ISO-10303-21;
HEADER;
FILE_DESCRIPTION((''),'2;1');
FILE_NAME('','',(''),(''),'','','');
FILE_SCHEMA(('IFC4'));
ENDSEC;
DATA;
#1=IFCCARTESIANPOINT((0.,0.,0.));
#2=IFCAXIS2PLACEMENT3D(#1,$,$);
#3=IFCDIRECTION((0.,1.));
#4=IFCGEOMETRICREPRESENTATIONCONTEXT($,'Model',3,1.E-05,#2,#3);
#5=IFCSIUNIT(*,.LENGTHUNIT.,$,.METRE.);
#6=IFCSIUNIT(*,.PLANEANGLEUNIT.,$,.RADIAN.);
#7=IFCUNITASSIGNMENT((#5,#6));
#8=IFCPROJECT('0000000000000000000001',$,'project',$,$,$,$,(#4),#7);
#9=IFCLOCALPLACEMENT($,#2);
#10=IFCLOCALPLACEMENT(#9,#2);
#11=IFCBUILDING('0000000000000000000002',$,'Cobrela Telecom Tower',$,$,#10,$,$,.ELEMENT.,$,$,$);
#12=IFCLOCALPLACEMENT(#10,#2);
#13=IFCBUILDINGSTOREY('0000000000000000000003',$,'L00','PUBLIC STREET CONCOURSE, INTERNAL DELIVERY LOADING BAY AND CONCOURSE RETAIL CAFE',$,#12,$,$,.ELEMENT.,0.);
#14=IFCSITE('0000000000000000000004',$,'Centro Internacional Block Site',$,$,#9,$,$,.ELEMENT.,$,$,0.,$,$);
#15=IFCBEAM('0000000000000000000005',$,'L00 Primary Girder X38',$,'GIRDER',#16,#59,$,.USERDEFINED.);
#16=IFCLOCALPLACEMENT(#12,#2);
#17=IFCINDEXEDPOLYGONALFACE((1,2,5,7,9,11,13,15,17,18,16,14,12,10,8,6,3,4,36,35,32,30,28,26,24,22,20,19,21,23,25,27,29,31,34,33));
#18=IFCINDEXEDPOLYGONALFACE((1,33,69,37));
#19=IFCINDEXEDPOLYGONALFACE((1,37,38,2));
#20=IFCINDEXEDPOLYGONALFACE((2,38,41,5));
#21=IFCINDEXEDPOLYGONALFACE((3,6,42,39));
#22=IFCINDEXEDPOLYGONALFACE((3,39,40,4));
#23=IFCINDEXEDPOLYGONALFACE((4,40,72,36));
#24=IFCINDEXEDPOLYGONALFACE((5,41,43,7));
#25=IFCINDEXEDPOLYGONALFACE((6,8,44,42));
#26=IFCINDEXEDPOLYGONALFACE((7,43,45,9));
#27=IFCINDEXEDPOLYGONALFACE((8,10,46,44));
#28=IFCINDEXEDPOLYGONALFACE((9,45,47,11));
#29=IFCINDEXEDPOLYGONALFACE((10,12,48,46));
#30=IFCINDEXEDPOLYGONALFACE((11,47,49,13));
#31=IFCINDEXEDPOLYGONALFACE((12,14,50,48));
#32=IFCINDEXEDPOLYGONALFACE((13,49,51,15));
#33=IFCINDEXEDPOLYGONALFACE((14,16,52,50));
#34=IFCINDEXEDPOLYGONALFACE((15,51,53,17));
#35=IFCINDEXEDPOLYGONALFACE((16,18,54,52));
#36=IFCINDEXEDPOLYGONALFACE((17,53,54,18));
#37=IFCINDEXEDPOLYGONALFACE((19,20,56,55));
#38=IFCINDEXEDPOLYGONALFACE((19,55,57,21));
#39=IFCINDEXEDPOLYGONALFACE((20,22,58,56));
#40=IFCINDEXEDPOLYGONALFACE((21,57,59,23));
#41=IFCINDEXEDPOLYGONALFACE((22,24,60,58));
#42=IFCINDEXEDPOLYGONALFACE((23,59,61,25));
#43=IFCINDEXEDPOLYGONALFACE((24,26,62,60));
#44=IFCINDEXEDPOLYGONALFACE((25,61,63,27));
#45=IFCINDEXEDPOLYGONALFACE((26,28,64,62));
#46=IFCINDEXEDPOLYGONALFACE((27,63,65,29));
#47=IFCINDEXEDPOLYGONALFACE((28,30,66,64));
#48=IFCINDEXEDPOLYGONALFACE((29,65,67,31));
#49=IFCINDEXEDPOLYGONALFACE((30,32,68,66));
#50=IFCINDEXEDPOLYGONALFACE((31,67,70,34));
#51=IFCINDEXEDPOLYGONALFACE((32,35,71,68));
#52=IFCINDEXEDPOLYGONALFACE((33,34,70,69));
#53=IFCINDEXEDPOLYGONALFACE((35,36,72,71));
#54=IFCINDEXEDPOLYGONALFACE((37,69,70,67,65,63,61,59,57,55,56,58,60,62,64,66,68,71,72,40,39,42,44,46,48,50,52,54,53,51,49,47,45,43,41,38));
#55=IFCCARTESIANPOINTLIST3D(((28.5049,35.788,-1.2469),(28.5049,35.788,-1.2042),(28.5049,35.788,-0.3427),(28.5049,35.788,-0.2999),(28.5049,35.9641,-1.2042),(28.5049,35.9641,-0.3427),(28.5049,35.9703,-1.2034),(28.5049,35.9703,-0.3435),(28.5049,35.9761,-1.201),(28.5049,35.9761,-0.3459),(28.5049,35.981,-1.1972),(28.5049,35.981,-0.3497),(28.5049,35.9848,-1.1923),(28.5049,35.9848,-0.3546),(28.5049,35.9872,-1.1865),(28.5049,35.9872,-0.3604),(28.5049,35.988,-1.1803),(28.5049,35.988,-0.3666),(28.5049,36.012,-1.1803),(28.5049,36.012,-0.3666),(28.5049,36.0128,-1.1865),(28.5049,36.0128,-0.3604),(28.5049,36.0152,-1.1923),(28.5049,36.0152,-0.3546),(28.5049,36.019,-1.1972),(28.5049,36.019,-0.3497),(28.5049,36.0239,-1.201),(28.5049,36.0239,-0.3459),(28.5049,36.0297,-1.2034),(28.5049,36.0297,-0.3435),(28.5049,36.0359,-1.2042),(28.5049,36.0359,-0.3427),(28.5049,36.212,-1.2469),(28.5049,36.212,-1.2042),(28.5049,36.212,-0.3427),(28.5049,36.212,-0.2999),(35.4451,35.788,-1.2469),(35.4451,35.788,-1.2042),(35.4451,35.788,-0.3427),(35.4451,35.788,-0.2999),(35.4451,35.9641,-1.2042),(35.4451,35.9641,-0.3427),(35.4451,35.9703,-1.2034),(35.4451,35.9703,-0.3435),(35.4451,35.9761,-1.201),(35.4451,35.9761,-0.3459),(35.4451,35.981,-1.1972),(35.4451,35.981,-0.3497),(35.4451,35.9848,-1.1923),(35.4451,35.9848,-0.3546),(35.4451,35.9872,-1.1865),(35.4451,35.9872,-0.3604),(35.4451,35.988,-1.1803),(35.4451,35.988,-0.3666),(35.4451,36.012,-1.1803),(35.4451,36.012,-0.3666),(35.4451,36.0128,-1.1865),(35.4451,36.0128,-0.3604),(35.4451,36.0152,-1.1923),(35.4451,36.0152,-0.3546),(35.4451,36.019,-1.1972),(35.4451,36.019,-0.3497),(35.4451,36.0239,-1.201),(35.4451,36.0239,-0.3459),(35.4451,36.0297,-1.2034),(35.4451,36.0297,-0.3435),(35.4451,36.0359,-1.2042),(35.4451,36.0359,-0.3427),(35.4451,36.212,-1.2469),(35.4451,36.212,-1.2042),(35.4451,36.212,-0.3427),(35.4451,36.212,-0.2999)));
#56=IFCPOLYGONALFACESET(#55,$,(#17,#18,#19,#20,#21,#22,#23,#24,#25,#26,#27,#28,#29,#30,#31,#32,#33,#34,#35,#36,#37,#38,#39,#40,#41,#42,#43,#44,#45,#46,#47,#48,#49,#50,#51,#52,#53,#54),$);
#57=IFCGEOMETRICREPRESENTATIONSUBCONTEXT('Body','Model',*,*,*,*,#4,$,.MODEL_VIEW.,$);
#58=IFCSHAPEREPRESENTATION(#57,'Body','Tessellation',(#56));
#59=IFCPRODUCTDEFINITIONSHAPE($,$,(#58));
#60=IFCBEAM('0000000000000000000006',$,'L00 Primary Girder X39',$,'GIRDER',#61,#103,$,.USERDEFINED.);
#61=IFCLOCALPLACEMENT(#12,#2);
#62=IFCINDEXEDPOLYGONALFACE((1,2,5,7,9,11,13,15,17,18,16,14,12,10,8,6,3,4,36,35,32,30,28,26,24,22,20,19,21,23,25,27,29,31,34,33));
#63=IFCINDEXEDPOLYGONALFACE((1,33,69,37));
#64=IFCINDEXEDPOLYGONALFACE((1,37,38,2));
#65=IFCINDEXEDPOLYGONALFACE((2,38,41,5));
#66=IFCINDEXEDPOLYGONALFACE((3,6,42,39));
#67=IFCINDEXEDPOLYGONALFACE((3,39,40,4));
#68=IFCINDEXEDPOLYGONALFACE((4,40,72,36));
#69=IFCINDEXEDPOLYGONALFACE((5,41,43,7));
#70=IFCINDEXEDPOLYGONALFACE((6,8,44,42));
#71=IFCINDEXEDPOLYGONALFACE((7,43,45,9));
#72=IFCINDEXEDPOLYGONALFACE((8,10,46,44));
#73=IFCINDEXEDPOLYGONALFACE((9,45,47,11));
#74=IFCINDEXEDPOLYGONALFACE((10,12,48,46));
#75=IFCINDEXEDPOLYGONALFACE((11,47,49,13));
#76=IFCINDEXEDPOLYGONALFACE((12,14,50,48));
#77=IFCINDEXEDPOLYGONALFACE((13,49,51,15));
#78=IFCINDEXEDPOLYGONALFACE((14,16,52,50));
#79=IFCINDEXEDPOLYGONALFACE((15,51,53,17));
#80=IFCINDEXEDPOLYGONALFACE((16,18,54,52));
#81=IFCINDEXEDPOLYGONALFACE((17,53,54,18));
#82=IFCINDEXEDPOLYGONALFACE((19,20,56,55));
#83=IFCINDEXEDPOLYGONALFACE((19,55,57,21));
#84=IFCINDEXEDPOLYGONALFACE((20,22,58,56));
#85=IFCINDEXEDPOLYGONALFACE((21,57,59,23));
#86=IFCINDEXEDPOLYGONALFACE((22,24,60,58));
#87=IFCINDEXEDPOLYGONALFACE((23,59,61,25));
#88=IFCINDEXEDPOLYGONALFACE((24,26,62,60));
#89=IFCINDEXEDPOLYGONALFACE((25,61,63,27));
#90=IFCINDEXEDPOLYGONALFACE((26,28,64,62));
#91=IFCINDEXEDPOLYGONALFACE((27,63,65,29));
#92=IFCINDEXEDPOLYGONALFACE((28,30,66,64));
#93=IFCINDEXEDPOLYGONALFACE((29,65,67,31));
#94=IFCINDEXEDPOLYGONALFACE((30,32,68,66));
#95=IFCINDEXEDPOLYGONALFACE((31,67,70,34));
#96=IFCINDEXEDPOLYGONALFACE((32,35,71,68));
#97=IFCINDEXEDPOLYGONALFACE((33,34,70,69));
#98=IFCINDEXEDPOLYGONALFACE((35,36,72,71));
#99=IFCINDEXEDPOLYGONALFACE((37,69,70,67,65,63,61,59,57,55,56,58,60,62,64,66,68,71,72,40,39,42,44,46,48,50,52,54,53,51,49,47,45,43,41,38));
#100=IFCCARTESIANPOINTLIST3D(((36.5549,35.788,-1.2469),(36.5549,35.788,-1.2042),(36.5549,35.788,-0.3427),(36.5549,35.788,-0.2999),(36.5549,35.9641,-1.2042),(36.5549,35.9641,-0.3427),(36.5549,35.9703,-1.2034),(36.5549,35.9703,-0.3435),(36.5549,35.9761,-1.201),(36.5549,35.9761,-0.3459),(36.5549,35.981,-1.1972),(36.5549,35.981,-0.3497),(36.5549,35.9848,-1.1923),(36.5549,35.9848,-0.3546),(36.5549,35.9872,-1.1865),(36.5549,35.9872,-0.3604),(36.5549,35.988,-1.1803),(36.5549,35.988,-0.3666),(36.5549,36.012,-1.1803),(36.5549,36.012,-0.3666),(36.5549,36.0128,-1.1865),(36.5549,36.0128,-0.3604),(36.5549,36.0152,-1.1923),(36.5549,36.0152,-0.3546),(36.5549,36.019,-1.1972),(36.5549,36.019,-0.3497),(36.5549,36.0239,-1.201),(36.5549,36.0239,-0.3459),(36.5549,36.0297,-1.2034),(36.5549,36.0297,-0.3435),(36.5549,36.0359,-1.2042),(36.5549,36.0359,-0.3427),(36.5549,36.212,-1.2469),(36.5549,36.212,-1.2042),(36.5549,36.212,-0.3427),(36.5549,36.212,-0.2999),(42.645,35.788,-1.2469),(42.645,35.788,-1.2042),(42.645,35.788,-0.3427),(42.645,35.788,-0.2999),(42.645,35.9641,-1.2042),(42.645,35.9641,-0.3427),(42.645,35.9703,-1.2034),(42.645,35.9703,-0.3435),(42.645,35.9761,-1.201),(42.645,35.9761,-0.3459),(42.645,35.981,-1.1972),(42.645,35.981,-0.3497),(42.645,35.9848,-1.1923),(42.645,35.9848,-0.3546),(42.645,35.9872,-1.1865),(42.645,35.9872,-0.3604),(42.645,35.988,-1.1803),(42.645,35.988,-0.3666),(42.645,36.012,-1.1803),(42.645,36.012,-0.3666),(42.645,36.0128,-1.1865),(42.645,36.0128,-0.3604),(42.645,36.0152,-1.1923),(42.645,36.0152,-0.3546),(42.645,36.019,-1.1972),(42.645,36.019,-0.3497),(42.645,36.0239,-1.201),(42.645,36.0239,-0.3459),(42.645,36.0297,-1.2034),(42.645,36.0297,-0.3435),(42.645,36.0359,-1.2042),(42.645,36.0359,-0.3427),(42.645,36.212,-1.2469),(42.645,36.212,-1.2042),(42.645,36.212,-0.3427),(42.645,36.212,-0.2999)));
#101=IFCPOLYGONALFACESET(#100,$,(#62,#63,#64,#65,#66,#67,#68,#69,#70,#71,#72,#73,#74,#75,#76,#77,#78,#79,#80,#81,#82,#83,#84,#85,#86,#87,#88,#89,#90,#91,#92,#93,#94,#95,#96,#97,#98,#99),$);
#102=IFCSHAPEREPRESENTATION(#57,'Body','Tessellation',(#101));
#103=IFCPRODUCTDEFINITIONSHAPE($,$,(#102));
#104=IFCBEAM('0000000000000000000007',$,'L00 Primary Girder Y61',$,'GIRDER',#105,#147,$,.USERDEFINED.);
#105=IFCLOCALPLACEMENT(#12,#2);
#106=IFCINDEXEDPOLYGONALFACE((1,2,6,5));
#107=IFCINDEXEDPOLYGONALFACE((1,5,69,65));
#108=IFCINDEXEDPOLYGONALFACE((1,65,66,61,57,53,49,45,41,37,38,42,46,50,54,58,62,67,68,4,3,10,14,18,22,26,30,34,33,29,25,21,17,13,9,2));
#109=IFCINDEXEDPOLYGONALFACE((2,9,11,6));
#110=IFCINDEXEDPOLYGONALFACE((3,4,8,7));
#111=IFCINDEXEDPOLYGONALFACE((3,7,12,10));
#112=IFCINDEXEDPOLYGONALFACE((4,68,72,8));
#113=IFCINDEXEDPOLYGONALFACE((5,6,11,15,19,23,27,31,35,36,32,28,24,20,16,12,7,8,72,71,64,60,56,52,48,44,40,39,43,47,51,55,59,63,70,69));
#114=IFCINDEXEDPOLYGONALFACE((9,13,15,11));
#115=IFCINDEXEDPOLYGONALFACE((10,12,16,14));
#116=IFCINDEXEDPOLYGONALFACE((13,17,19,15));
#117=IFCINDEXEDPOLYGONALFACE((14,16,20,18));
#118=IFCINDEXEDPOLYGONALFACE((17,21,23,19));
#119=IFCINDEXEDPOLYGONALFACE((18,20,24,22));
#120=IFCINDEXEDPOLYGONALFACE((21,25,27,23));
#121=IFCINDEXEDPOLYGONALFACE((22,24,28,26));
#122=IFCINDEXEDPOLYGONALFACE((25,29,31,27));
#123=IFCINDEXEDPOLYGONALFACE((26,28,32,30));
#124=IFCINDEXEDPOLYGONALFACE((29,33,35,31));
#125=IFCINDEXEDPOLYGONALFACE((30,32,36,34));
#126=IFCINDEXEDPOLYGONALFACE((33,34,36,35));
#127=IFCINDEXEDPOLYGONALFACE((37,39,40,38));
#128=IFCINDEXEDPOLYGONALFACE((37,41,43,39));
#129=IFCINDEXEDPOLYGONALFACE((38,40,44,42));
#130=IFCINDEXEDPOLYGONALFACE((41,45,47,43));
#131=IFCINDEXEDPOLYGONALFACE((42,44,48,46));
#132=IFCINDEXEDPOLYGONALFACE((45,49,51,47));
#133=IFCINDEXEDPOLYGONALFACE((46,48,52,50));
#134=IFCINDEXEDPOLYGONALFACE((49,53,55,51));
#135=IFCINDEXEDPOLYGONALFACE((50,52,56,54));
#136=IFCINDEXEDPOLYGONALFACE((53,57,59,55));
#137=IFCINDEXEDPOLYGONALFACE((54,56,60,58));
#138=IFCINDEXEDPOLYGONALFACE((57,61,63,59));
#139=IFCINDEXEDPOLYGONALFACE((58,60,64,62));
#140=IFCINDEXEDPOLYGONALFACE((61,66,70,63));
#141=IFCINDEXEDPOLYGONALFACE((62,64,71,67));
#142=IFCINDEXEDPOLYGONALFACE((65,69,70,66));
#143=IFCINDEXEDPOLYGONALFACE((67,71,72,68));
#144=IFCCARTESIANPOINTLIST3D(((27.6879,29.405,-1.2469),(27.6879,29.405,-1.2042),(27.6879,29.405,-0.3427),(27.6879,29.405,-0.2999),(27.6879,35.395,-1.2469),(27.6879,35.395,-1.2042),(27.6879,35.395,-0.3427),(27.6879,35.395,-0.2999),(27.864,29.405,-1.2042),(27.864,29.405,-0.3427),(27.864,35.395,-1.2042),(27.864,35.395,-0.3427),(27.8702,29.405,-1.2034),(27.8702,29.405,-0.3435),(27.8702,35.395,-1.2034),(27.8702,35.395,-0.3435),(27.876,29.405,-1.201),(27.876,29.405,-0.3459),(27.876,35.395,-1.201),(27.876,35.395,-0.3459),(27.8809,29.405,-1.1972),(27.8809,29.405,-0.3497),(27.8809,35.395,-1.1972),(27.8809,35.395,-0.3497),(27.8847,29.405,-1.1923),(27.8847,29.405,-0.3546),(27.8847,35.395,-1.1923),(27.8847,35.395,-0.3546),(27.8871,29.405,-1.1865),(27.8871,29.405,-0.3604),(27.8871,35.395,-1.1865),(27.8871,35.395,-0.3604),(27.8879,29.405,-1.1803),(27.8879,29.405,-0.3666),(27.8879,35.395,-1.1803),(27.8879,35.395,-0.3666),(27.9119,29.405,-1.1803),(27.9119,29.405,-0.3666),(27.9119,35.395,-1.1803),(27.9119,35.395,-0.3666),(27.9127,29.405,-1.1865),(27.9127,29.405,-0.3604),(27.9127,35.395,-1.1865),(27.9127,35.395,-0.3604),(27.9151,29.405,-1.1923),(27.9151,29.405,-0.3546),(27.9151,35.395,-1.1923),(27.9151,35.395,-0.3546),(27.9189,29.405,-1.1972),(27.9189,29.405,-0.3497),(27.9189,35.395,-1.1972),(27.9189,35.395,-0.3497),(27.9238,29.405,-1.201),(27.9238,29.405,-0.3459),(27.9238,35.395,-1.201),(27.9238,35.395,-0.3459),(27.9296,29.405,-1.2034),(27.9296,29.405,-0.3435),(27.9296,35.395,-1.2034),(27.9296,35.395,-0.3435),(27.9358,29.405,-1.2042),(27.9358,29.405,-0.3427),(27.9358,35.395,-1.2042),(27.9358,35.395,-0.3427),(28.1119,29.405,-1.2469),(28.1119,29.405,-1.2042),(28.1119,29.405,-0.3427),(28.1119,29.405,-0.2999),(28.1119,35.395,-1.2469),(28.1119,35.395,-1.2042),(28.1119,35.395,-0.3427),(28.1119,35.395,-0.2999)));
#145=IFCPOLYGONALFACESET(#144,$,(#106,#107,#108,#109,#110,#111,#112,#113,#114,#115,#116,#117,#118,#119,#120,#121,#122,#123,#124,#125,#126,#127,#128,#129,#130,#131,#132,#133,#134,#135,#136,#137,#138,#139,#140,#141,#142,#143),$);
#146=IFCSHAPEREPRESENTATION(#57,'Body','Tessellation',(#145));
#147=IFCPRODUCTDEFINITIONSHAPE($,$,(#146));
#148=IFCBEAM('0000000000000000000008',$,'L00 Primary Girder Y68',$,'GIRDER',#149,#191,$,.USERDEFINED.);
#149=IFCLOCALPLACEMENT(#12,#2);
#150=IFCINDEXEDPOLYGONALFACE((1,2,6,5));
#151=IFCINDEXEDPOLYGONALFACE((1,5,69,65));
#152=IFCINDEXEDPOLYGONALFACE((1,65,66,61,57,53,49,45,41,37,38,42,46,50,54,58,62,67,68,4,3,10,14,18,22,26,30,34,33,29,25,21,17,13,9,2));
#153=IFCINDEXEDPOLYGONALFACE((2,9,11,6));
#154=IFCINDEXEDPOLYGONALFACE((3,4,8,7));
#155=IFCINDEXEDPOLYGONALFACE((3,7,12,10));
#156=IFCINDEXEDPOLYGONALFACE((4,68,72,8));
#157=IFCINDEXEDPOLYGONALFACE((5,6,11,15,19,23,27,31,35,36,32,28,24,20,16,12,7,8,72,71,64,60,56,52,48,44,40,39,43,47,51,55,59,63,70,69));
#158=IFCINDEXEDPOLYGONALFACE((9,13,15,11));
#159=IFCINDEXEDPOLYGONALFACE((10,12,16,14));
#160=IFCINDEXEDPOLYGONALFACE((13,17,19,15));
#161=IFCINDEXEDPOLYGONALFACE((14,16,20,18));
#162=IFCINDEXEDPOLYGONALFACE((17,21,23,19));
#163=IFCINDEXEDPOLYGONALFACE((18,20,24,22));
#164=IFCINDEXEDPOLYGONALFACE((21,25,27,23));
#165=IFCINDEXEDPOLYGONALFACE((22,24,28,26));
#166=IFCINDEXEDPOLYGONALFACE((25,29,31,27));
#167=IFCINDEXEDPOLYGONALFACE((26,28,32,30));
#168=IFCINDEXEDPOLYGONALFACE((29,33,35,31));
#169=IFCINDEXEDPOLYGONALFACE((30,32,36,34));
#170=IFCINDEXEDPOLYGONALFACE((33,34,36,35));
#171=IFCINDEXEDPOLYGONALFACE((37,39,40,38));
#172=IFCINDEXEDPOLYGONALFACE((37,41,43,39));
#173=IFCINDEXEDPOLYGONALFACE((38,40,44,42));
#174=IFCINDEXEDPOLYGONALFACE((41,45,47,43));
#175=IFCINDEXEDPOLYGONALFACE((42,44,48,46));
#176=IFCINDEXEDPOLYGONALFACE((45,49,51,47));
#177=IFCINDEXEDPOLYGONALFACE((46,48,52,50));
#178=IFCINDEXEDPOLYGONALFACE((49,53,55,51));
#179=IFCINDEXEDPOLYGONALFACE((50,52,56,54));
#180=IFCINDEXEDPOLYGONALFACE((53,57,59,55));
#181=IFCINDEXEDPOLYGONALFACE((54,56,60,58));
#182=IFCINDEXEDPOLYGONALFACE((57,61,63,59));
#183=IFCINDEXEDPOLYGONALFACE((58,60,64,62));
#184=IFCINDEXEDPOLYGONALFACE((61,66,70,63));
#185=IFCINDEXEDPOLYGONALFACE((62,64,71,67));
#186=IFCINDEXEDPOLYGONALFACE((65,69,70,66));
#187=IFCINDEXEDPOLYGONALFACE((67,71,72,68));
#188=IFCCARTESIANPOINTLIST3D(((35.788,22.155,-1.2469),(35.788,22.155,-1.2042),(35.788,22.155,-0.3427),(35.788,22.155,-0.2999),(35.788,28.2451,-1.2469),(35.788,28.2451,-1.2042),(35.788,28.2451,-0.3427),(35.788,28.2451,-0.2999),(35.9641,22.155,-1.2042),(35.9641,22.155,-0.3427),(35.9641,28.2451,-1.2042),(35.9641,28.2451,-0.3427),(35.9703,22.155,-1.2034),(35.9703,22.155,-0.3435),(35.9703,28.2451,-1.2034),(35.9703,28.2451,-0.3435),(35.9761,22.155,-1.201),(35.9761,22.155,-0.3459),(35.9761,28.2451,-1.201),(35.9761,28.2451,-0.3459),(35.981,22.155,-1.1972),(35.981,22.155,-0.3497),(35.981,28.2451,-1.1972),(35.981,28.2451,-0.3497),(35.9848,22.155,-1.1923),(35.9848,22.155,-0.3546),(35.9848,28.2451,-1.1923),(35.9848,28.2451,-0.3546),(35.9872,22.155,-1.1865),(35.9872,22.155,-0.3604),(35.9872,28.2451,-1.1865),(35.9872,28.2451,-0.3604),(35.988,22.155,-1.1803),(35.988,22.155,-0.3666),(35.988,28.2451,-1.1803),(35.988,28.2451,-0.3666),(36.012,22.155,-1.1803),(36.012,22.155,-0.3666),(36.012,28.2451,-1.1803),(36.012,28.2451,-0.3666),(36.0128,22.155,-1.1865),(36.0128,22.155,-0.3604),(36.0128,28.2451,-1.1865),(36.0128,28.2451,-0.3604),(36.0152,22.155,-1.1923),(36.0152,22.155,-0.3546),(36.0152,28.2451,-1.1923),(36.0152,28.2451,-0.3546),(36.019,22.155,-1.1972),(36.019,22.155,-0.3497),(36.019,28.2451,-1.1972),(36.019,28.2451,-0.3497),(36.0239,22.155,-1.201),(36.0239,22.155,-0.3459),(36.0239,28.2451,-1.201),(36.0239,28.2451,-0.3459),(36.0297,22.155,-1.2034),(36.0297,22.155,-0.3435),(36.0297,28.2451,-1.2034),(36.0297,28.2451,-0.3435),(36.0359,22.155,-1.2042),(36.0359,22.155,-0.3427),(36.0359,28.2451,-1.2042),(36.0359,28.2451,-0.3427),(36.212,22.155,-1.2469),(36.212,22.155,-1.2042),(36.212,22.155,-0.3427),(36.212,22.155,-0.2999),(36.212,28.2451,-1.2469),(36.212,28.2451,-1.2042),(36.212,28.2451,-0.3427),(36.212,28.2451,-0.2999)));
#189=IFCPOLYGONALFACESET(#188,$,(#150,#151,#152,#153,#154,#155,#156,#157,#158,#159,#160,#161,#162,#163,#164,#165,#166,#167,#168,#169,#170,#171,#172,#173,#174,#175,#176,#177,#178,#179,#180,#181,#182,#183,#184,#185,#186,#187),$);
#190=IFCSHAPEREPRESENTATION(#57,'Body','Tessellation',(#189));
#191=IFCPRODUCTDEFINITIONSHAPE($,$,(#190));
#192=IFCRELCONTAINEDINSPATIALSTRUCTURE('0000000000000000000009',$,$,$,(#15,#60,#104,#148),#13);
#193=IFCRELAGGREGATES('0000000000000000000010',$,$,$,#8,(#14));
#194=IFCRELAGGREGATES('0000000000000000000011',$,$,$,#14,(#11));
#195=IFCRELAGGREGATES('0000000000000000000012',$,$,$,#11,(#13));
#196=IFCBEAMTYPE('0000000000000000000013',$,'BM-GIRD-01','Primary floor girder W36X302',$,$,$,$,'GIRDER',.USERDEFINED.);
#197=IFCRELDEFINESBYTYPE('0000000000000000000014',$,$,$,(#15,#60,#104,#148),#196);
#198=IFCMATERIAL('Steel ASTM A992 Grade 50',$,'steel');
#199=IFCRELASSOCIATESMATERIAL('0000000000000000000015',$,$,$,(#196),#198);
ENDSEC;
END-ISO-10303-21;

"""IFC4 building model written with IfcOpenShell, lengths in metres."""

from ifc_helpers import new_model, si_unit, direction, frame, origin, origin_2d, place, context, subcontext, project, spatial, i_section, extrude, material, material_profile, profile_set, type_object, element, save


model = new_model("IFC4")

# Units and contexts
model_context = context("Model", 3, precision=1e-05, world=origin(), true_north=direction((0.0, 1.0)))
body_context = subcontext(model_context, "Body", "Model", "MODEL_VIEW")
ifc_project = project(units=[si_unit("LENGTHUNIT", "METRE"), si_unit("PLANEANGLEUNIT", "RADIAN")], contexts=[model_context])

# Site, building, storey
site_placement = place(None, origin())
site = spatial("IfcSite", under=ifc_project, at=site_placement, Name="Centro Internacional Block Site", CompositionType="ELEMENT", RefElevation=0.0)
building_placement = place(site_placement, origin())
building = spatial("IfcBuilding", under=site, at=building_placement, Name="Cobrela Telecom Tower", CompositionType="ELEMENT")
storey_placement = place(building_placement, origin())
storey = spatial("IfcBuildingStorey", under=building, at=storey_placement, Name="L00", Description="PUBLIC STREET CONCOURSE, INTERNAL DELIVERY LOADING BAY AND CONCOURSE RETAIL CAFE", CompositionType="ELEMENT", Elevation=0.0)

# Beams
ifc_material_1 = material(Name="Steel ASTM A992 Grade 50", Category="steel")
ifc_material_profile_1 = material_profile(ifc_material_1, i_section(OverallWidth=0.4241, OverallDepth=0.947, WebThickness=0.0239, FlangeThickness=0.0427, FilletRadius=0.0239, at=origin_2d()), Name="W36X302")
ifc_profile_set_1 = profile_set([ifc_material_profile_1], Name="Steel ASTM A992 Grade 50")
beam_type_1 = type_object("IfcBeamType", Name="BM-GIRD-01", Description="Primary floor girder W36X302", ElementType="GIRDER", PredefinedType="USERDEFINED", material=ifc_profile_set_1)
beam_1_placement = place(storey_placement, frame((28.5049, 36.0, -0.7734), z_axis=(1.0, 0.0, 0.0), x_axis=(0.0, 1.0, 0.0)))
element("IfcBeam", 1, at=beam_1_placement, inside=storey, type_object=beam_type_1, Name="L00 Primary Girder X38", ObjectType="GIRDER", PredefinedType="USERDEFINED", context=body_context, shape_type="SweptSolid", body=[
    extrude(i_section(OverallWidth=0.4241, OverallDepth=0.947, WebThickness=0.0239, FlangeThickness=0.0427, FilletRadius=0.0239, at=origin_2d()), origin(), (0.0, 0.0, 1.0), 6.9402),
])
beam_2_placement = place(storey_placement, frame((36.5549, 36.0, -0.7734), z_axis=(1.0, 0.0, 0.0), x_axis=(0.0, 1.0, 0.0)))
element("IfcBeam", 2, at=beam_2_placement, inside=storey, type_object=beam_type_1, Name="L00 Primary Girder X39", ObjectType="GIRDER", PredefinedType="USERDEFINED", context=body_context, shape_type="SweptSolid", body=[
    extrude(i_section(OverallWidth=0.4241, OverallDepth=0.947, WebThickness=0.0239, FlangeThickness=0.0427, FilletRadius=0.0239, at=origin_2d()), origin(), (0.0, 0.0, 1.0), 6.0901),
])
beam_3_placement = place(storey_placement, frame((27.8999, 29.405, -0.7734), z_axis=(0.0, 1.0, 0.0), x_axis=(-1.0, 0.0, 0.0)))
element("IfcBeam", 3, at=beam_3_placement, inside=storey, type_object=beam_type_1, Name="L00 Primary Girder Y61", ObjectType="GIRDER", PredefinedType="USERDEFINED", context=body_context, shape_type="SweptSolid", body=[
    extrude(i_section(OverallWidth=0.4241, OverallDepth=0.947, WebThickness=0.0239, FlangeThickness=0.0427, FilletRadius=0.0239, at=origin_2d()), origin(), (0.0, 0.0, 1.0), 5.99),
])
for number, where, z_axis, x_axis, name in (
    (4, (36.0, 22.155, -0.7734), (0.0, 1.0, 0.0), (-1.0, 0.0, 0.0), "L00 Primary Girder Y68"),
):
    element("IfcBeam", number, at=place(storey_placement, frame(where, z_axis=z_axis, x_axis=x_axis)), inside=storey, type_object=beam_type_1, Name=name, ObjectType="GIRDER", PredefinedType="USERDEFINED", context=body_context, shape_type="SweptSolid", body=[
        extrude(i_section(OverallWidth=0.4241, OverallDepth=0.947, WebThickness=0.0239, FlangeThickness=0.0427, FilletRadius=0.0239, at=origin_2d()), origin(), (0.0, 0.0, 1.0), 6.0901),
    ])

save(model, "model.ifc")
